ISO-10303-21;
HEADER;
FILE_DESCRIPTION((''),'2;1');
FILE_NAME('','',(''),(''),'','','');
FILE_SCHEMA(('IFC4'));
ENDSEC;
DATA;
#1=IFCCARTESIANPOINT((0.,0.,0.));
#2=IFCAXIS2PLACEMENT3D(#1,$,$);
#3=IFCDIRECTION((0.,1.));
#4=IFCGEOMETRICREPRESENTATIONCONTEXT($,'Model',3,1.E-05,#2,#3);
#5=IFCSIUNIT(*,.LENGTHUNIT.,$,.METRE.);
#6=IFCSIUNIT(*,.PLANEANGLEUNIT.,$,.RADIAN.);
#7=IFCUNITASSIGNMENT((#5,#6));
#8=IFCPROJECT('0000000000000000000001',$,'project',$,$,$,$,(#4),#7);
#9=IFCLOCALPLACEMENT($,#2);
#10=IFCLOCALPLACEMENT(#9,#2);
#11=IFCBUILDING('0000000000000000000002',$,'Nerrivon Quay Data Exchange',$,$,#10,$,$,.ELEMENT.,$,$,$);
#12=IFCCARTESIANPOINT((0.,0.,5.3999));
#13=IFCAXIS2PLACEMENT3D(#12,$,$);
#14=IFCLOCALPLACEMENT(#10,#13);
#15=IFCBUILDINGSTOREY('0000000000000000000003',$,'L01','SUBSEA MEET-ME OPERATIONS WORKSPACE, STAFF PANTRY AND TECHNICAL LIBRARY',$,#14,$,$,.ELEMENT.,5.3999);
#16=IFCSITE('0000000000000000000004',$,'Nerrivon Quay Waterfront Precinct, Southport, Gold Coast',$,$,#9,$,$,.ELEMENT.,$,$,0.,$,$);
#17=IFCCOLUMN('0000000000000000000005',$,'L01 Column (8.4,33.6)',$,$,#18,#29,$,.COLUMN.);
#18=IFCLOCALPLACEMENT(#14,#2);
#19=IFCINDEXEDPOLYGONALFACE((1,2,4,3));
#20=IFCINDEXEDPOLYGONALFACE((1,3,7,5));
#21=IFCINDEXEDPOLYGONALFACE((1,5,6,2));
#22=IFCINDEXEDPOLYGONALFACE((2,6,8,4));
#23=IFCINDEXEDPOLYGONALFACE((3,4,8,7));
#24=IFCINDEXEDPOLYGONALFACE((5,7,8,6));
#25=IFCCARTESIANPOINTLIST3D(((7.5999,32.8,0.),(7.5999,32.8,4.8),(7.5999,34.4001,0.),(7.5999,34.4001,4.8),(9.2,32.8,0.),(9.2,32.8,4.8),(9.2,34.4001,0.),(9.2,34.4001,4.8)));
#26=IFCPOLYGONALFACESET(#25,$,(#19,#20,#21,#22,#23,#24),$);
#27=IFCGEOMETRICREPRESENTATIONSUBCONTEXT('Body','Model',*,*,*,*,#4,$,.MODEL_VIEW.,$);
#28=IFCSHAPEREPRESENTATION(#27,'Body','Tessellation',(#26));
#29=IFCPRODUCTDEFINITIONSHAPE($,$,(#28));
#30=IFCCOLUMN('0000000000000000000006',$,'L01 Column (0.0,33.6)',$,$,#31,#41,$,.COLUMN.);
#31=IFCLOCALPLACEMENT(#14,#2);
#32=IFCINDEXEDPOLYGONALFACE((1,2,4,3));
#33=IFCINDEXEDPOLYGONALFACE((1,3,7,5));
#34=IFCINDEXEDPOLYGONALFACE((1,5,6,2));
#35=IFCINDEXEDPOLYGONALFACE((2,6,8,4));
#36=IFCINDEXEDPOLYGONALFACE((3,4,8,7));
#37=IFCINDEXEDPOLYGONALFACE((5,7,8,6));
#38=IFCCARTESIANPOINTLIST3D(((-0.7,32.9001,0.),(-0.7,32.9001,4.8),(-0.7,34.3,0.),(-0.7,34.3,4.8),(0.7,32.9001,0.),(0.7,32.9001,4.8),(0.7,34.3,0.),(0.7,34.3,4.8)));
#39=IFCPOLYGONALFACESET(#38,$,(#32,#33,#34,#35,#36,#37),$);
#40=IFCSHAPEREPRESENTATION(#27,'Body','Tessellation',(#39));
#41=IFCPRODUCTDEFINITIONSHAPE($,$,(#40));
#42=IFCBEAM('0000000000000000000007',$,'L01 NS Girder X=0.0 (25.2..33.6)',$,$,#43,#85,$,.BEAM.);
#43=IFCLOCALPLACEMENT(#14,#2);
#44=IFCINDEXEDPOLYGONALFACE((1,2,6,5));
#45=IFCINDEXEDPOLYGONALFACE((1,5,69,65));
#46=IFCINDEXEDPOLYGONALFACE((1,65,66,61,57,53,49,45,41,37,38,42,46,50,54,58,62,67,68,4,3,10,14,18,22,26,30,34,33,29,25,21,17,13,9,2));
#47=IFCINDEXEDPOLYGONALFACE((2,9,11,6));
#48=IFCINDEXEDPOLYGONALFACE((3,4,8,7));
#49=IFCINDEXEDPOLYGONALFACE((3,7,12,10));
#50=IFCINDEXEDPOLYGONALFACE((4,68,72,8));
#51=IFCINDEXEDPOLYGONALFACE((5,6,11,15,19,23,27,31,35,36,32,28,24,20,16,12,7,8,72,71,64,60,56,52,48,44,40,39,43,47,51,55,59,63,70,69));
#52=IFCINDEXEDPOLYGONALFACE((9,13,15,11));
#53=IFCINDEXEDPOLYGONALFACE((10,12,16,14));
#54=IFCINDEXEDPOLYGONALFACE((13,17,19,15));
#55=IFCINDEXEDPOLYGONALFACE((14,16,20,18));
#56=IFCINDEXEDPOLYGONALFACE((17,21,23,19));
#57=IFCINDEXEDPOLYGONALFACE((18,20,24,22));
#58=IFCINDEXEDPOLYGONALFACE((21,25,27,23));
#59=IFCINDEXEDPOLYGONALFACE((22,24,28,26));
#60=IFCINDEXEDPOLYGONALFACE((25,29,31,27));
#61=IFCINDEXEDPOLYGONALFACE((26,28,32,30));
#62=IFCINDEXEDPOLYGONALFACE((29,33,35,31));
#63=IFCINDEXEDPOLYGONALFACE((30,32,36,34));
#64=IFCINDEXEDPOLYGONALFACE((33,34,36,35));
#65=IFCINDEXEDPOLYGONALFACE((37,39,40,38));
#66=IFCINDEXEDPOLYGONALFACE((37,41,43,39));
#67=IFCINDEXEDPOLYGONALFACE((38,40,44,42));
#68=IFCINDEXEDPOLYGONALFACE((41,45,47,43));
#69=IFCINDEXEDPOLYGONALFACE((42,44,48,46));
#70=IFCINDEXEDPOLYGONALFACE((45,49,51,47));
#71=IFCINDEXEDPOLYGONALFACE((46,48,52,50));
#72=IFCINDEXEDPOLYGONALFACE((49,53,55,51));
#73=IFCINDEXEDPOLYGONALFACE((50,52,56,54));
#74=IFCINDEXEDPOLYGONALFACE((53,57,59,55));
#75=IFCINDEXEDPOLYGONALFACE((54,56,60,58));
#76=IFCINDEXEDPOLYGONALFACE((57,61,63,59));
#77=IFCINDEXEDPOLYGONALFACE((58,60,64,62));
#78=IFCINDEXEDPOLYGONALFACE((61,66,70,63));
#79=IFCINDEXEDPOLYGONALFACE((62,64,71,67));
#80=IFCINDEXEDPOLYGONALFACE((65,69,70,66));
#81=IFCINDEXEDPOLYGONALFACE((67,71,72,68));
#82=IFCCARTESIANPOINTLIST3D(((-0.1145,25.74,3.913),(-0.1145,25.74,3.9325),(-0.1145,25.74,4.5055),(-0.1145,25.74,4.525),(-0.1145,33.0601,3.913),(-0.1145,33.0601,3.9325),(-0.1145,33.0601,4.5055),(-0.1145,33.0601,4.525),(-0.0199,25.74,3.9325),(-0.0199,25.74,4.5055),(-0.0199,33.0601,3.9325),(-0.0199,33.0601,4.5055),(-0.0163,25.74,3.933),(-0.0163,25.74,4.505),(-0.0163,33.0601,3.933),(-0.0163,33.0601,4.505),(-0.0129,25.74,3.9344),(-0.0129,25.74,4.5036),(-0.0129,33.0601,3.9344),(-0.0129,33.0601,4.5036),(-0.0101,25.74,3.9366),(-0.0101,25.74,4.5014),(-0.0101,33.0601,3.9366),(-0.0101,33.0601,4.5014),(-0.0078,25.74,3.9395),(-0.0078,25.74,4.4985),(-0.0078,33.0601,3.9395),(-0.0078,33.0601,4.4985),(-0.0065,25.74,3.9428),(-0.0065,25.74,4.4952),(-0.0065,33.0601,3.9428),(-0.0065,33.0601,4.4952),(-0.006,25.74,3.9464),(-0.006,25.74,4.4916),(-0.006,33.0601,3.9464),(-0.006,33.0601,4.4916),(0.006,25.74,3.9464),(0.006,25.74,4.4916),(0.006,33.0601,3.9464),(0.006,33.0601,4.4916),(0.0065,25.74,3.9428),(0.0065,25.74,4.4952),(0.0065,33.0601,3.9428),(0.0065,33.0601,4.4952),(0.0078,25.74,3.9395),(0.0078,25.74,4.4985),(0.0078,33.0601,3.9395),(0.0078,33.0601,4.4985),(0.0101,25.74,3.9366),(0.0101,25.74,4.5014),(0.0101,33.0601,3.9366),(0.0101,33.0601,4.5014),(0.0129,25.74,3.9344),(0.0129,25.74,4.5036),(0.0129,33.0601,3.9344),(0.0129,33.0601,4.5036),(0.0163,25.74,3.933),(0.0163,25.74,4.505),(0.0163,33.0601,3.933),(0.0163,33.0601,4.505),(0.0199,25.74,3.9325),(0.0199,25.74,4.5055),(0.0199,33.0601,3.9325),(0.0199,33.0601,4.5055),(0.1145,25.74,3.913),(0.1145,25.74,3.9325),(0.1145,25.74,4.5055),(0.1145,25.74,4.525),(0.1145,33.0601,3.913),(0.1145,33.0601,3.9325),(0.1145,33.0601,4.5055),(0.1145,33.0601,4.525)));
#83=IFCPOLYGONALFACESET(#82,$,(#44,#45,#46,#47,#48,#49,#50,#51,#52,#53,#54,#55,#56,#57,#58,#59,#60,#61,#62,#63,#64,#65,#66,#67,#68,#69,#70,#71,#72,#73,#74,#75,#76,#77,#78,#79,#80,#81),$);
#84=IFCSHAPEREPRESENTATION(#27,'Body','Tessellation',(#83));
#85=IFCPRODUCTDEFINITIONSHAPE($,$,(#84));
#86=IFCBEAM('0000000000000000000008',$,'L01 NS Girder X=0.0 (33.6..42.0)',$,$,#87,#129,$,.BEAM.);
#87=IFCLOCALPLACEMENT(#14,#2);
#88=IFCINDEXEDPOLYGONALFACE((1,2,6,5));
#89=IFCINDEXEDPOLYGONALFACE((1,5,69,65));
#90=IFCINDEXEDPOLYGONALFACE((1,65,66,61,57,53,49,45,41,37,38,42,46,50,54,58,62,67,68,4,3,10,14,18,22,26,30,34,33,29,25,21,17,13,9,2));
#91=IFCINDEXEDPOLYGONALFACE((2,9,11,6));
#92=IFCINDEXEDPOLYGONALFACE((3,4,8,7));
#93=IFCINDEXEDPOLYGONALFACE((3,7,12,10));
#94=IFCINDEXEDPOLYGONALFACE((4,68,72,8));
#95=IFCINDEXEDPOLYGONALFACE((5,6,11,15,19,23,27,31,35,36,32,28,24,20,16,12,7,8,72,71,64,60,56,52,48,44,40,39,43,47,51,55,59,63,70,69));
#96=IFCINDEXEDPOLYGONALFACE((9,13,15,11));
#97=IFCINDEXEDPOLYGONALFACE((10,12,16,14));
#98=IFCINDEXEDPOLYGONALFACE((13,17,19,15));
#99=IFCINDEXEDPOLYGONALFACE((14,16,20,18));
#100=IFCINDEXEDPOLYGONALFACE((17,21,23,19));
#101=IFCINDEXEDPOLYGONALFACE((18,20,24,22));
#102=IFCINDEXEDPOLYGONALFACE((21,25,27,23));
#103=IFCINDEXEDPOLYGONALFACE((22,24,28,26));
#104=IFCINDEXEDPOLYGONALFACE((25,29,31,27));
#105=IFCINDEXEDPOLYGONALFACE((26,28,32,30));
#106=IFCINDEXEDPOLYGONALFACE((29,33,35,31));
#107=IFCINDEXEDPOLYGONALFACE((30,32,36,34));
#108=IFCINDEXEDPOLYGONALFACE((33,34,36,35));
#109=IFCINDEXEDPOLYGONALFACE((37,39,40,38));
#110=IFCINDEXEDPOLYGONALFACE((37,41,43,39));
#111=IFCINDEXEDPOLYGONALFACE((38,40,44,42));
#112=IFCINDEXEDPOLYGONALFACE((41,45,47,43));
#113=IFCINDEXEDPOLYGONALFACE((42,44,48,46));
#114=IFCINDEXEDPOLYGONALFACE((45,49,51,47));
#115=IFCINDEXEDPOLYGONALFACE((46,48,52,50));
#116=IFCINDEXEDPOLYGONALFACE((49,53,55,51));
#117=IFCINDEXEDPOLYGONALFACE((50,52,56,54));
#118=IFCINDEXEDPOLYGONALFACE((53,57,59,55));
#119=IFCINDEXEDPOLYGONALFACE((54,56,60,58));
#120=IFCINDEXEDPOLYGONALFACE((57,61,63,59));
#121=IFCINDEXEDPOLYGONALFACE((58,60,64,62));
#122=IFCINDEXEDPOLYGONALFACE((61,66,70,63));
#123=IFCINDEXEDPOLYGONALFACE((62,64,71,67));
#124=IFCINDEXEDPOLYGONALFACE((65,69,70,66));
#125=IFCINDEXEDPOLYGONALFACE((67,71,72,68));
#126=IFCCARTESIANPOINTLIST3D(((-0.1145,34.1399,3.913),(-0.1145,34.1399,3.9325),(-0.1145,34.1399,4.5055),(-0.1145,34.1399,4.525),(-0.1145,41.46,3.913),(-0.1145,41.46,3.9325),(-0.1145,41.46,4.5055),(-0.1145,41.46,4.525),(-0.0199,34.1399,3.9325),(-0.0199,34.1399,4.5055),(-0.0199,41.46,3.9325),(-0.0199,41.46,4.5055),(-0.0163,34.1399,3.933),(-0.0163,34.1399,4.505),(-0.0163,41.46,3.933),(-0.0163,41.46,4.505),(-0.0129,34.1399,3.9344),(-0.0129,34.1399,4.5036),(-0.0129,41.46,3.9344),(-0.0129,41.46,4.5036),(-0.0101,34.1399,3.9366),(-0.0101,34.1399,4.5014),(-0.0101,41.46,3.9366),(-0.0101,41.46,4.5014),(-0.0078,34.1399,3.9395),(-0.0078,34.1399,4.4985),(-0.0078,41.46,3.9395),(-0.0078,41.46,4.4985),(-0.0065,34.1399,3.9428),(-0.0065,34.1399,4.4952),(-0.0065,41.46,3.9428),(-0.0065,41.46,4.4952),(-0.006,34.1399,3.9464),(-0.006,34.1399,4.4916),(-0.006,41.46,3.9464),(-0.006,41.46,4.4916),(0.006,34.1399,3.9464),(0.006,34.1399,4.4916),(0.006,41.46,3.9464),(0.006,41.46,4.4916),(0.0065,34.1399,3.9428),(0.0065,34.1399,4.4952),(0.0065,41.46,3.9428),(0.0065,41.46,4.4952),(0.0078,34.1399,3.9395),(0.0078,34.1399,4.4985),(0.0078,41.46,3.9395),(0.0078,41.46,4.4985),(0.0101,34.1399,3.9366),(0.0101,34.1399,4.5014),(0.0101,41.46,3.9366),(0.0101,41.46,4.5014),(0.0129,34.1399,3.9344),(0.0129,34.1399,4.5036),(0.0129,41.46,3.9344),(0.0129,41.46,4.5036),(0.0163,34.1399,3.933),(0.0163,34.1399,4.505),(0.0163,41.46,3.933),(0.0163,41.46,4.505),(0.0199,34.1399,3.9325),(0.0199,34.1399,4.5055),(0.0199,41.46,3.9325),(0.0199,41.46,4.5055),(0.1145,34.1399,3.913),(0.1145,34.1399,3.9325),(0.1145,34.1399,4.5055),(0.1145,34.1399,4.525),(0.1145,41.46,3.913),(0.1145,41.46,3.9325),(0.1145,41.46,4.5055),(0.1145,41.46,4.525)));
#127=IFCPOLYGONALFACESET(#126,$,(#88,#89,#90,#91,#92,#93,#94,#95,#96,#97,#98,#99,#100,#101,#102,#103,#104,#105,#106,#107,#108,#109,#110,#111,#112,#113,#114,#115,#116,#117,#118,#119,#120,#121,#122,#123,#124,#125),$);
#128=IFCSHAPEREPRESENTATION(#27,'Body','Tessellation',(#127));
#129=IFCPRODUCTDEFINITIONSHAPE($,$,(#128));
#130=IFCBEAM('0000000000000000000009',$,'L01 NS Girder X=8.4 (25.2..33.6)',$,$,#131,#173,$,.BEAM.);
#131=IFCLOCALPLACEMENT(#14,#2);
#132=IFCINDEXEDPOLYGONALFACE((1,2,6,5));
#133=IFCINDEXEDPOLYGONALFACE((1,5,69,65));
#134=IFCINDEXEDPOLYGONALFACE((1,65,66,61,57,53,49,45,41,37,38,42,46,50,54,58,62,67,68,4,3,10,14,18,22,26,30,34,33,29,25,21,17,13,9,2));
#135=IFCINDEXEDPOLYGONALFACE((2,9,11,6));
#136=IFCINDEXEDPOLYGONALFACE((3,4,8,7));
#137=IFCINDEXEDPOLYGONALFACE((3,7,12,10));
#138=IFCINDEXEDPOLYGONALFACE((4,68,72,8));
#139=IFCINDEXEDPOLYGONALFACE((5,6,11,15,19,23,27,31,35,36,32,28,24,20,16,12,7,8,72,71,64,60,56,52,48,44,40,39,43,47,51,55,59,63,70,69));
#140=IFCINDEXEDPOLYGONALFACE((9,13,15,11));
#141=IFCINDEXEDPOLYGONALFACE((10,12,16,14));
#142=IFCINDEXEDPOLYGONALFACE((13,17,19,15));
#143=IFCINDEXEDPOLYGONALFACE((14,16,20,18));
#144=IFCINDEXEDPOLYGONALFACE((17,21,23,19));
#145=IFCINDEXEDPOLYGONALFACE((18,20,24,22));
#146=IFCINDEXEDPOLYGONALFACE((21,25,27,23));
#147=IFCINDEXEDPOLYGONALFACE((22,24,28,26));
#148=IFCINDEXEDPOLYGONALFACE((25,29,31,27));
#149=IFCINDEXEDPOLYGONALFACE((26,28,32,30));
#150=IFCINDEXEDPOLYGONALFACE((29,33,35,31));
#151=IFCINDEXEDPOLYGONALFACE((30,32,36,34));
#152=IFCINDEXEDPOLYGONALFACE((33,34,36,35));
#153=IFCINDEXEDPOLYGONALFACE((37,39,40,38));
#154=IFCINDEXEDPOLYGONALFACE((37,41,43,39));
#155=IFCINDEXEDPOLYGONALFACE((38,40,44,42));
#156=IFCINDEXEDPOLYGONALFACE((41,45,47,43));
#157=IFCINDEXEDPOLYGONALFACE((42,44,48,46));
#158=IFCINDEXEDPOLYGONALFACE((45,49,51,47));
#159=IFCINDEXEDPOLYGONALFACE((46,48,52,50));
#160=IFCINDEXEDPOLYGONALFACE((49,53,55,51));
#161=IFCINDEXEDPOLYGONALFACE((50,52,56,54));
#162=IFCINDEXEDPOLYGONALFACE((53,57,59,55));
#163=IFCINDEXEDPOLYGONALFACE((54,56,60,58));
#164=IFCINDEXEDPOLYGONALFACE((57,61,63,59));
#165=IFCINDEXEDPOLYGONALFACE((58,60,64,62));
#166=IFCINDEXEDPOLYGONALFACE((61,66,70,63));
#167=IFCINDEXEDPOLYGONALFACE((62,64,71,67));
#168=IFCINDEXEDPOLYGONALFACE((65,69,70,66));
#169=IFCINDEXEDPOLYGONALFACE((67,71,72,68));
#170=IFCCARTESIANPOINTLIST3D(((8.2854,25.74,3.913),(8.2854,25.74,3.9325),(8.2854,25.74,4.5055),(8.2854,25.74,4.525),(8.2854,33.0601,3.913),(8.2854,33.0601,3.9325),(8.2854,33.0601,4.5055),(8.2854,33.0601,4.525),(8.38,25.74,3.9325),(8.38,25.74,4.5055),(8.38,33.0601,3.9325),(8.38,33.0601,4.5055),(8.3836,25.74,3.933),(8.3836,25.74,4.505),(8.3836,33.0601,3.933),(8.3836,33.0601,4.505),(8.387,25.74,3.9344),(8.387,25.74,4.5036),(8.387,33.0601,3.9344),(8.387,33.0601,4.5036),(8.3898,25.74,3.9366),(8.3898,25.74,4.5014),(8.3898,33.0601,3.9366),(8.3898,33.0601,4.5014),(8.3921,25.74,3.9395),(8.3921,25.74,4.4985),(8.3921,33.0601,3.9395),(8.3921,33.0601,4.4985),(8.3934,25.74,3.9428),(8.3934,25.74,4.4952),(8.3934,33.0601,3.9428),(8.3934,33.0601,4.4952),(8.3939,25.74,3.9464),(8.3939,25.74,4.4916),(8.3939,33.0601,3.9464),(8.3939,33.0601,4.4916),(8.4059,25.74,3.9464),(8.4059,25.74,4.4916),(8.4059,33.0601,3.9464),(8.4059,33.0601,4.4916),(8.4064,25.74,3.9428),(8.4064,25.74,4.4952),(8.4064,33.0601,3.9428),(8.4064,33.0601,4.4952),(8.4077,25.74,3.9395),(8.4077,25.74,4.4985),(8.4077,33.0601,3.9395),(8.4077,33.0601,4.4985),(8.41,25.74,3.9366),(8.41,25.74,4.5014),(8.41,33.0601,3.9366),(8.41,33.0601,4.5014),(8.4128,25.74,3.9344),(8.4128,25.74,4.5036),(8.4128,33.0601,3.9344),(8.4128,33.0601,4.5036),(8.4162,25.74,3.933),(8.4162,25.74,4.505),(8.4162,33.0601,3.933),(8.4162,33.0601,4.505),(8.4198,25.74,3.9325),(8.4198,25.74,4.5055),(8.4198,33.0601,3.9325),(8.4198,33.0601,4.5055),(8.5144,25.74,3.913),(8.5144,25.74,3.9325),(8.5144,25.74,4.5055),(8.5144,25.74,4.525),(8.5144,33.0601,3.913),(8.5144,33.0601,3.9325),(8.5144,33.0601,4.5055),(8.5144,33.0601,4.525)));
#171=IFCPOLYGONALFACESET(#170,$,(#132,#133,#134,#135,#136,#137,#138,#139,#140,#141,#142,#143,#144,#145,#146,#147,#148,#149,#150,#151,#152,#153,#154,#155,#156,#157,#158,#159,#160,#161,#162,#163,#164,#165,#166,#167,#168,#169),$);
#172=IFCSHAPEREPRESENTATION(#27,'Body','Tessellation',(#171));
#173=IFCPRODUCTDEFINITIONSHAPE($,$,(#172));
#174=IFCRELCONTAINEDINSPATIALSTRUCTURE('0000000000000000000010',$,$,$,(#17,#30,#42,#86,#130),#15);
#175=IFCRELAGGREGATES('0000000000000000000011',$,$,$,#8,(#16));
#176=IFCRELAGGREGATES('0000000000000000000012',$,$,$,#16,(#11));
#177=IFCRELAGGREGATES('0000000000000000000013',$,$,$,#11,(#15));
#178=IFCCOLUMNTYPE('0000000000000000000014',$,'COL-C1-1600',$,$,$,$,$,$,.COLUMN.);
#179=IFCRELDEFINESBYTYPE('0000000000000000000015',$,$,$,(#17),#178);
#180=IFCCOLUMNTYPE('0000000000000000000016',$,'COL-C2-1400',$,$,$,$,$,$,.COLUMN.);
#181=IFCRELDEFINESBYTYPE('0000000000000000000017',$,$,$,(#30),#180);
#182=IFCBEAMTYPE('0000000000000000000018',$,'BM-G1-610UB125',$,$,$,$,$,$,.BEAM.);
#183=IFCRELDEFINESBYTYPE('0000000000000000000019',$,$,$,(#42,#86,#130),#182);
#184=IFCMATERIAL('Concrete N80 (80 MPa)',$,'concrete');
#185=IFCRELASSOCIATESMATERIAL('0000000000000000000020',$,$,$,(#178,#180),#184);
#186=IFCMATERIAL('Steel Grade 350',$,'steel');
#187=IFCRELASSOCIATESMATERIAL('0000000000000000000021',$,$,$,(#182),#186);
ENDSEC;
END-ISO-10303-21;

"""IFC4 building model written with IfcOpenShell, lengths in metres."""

from ifc_helpers import new_model, si_unit, direction, frame, origin, origin_2d, place, context, subcontext, project, spatial, rectangle, i_section, extrude, material, material_profile, profile_set, type_object, element, save


model = new_model("IFC4")

# Units and contexts
model_context = context("Model", 3, precision=1e-05, world=origin(), true_north=direction((0.0, 1.0)))
body_context = subcontext(model_context, "Body", "Model", "MODEL_VIEW")
ifc_project = project(units=[si_unit("LENGTHUNIT", "METRE"), si_unit("PLANEANGLEUNIT", "RADIAN")], contexts=[model_context])

# Site, building, storey
site_placement = place(None, origin())
site = spatial("IfcSite", under=ifc_project, at=site_placement, Name="Nerrivon Quay Waterfront Precinct, Southport, Gold Coast", CompositionType="ELEMENT", RefElevation=0.0)
building_placement = place(site_placement, origin())
building = spatial("IfcBuilding", under=site, at=building_placement, Name="Nerrivon Quay Data Exchange", CompositionType="ELEMENT")
storey_placement = place(building_placement, frame((0.0, 0.0, 5.3999)))
storey = spatial("IfcBuildingStorey", under=building, at=storey_placement, Name="L01", Description="SUBSEA MEET-ME OPERATIONS WORKSPACE, STAFF PANTRY AND TECHNICAL LIBRARY", CompositionType="ELEMENT", Elevation=5.3999)

# Columns
ifc_material_1 = material(Name="Concrete N80 (80 MPa)", Category="concrete")
ifc_material_profile_1 = material_profile(ifc_material_1, rectangle(XDim=1.6001, YDim=1.6001, at=origin_2d()), Name="RC-COL-1600x1600")
ifc_profile_set_1 = profile_set([ifc_material_profile_1], Name="Concrete N80 (80 MPa)")
column_type_1 = type_object("IfcColumnType", Name="COL-C1-1600", PredefinedType="COLUMN", material=ifc_profile_set_1)
column_1_placement = place(storey_placement, frame((8.3999, 33.6001, 0.0), z_axis=(0.0, 0.0, 1.0), x_axis=(1.0, 0.0, 0.0)))
element("IfcColumn", 1, at=column_1_placement, inside=storey, type_object=column_type_1, Name="L01 Column (8.4,33.6)", PredefinedType="COLUMN", context=body_context, shape_type="SweptSolid", body=[
    extrude(rectangle(XDim=1.6001, YDim=1.6001, at=origin_2d()), origin(), (0.0, 0.0, 1.0), 4.8),
])
ifc_material_profile_2 = material_profile(ifc_material_1, rectangle(XDim=1.3999, YDim=1.3999, at=origin_2d()), Name="RC-COL-1400x1400")
ifc_profile_set_2 = profile_set([ifc_material_profile_2], Name="Concrete N80 (80 MPa)")
column_type_2 = type_object("IfcColumnType", Name="COL-C2-1400", PredefinedType="COLUMN", material=ifc_profile_set_2)
column_2_placement = place(storey_placement, frame((0.0, 33.6001, 0.0), z_axis=(0.0, 0.0, 1.0), x_axis=(1.0, 0.0, 0.0)))
element("IfcColumn", 2, at=column_2_placement, inside=storey, type_object=column_type_2, Name="L01 Column (0.0,33.6)", PredefinedType="COLUMN", context=body_context, shape_type="SweptSolid", body=[
    extrude(rectangle(XDim=1.3999, YDim=1.3999, at=origin_2d()), origin(), (0.0, 0.0, 1.0), 4.8),
])

# Beams
ifc_material_2 = material(Name="Steel Grade 350", Category="steel")
ifc_material_profile_3 = material_profile(ifc_material_2, i_section(OverallWidth=0.229, OverallDepth=0.6121, WebThickness=0.012, FlangeThickness=0.0195, FilletRadius=0.0139, at=origin_2d()), Name="610UB125")
ifc_profile_set_3 = profile_set([ifc_material_profile_3], Name="Steel Grade 350")
beam_type_1 = type_object("IfcBeamType", Name="BM-G1-610UB125", PredefinedType="BEAM", material=ifc_profile_set_3)
for number, where, z_axis, x_axis, name in (
    (3, (0.0, 25.74, 4.219), (0.0, 1.0, 0.0), (-1.0, 0.0, 0.0), "L01 NS Girder X=0.0 (25.2..33.6)"),
    (4, (0.0, 34.1399, 4.219), (0.0, 1.0, 0.0), (-1.0, 0.0, 0.0), "L01 NS Girder X=0.0 (33.6..42.0)"),
    (5, (8.3999, 25.74, 4.219), (0.0, 1.0, 0.0), (-1.0, 0.0, 0.0), "L01 NS Girder X=8.4 (25.2..33.6)"),
):
    element("IfcBeam", number, at=place(storey_placement, frame(where, z_axis=z_axis, x_axis=x_axis)), inside=storey, type_object=beam_type_1, Name=name, PredefinedType="BEAM", context=body_context, shape_type="SweptSolid", body=[
        extrude(i_section(OverallWidth=0.229, OverallDepth=0.6121, WebThickness=0.012, FlangeThickness=0.0195, FilletRadius=0.0139, at=origin_2d()), origin(), (0.0, 0.0, 1.0), 7.3201),
    ])

save(model, "model.ifc")
